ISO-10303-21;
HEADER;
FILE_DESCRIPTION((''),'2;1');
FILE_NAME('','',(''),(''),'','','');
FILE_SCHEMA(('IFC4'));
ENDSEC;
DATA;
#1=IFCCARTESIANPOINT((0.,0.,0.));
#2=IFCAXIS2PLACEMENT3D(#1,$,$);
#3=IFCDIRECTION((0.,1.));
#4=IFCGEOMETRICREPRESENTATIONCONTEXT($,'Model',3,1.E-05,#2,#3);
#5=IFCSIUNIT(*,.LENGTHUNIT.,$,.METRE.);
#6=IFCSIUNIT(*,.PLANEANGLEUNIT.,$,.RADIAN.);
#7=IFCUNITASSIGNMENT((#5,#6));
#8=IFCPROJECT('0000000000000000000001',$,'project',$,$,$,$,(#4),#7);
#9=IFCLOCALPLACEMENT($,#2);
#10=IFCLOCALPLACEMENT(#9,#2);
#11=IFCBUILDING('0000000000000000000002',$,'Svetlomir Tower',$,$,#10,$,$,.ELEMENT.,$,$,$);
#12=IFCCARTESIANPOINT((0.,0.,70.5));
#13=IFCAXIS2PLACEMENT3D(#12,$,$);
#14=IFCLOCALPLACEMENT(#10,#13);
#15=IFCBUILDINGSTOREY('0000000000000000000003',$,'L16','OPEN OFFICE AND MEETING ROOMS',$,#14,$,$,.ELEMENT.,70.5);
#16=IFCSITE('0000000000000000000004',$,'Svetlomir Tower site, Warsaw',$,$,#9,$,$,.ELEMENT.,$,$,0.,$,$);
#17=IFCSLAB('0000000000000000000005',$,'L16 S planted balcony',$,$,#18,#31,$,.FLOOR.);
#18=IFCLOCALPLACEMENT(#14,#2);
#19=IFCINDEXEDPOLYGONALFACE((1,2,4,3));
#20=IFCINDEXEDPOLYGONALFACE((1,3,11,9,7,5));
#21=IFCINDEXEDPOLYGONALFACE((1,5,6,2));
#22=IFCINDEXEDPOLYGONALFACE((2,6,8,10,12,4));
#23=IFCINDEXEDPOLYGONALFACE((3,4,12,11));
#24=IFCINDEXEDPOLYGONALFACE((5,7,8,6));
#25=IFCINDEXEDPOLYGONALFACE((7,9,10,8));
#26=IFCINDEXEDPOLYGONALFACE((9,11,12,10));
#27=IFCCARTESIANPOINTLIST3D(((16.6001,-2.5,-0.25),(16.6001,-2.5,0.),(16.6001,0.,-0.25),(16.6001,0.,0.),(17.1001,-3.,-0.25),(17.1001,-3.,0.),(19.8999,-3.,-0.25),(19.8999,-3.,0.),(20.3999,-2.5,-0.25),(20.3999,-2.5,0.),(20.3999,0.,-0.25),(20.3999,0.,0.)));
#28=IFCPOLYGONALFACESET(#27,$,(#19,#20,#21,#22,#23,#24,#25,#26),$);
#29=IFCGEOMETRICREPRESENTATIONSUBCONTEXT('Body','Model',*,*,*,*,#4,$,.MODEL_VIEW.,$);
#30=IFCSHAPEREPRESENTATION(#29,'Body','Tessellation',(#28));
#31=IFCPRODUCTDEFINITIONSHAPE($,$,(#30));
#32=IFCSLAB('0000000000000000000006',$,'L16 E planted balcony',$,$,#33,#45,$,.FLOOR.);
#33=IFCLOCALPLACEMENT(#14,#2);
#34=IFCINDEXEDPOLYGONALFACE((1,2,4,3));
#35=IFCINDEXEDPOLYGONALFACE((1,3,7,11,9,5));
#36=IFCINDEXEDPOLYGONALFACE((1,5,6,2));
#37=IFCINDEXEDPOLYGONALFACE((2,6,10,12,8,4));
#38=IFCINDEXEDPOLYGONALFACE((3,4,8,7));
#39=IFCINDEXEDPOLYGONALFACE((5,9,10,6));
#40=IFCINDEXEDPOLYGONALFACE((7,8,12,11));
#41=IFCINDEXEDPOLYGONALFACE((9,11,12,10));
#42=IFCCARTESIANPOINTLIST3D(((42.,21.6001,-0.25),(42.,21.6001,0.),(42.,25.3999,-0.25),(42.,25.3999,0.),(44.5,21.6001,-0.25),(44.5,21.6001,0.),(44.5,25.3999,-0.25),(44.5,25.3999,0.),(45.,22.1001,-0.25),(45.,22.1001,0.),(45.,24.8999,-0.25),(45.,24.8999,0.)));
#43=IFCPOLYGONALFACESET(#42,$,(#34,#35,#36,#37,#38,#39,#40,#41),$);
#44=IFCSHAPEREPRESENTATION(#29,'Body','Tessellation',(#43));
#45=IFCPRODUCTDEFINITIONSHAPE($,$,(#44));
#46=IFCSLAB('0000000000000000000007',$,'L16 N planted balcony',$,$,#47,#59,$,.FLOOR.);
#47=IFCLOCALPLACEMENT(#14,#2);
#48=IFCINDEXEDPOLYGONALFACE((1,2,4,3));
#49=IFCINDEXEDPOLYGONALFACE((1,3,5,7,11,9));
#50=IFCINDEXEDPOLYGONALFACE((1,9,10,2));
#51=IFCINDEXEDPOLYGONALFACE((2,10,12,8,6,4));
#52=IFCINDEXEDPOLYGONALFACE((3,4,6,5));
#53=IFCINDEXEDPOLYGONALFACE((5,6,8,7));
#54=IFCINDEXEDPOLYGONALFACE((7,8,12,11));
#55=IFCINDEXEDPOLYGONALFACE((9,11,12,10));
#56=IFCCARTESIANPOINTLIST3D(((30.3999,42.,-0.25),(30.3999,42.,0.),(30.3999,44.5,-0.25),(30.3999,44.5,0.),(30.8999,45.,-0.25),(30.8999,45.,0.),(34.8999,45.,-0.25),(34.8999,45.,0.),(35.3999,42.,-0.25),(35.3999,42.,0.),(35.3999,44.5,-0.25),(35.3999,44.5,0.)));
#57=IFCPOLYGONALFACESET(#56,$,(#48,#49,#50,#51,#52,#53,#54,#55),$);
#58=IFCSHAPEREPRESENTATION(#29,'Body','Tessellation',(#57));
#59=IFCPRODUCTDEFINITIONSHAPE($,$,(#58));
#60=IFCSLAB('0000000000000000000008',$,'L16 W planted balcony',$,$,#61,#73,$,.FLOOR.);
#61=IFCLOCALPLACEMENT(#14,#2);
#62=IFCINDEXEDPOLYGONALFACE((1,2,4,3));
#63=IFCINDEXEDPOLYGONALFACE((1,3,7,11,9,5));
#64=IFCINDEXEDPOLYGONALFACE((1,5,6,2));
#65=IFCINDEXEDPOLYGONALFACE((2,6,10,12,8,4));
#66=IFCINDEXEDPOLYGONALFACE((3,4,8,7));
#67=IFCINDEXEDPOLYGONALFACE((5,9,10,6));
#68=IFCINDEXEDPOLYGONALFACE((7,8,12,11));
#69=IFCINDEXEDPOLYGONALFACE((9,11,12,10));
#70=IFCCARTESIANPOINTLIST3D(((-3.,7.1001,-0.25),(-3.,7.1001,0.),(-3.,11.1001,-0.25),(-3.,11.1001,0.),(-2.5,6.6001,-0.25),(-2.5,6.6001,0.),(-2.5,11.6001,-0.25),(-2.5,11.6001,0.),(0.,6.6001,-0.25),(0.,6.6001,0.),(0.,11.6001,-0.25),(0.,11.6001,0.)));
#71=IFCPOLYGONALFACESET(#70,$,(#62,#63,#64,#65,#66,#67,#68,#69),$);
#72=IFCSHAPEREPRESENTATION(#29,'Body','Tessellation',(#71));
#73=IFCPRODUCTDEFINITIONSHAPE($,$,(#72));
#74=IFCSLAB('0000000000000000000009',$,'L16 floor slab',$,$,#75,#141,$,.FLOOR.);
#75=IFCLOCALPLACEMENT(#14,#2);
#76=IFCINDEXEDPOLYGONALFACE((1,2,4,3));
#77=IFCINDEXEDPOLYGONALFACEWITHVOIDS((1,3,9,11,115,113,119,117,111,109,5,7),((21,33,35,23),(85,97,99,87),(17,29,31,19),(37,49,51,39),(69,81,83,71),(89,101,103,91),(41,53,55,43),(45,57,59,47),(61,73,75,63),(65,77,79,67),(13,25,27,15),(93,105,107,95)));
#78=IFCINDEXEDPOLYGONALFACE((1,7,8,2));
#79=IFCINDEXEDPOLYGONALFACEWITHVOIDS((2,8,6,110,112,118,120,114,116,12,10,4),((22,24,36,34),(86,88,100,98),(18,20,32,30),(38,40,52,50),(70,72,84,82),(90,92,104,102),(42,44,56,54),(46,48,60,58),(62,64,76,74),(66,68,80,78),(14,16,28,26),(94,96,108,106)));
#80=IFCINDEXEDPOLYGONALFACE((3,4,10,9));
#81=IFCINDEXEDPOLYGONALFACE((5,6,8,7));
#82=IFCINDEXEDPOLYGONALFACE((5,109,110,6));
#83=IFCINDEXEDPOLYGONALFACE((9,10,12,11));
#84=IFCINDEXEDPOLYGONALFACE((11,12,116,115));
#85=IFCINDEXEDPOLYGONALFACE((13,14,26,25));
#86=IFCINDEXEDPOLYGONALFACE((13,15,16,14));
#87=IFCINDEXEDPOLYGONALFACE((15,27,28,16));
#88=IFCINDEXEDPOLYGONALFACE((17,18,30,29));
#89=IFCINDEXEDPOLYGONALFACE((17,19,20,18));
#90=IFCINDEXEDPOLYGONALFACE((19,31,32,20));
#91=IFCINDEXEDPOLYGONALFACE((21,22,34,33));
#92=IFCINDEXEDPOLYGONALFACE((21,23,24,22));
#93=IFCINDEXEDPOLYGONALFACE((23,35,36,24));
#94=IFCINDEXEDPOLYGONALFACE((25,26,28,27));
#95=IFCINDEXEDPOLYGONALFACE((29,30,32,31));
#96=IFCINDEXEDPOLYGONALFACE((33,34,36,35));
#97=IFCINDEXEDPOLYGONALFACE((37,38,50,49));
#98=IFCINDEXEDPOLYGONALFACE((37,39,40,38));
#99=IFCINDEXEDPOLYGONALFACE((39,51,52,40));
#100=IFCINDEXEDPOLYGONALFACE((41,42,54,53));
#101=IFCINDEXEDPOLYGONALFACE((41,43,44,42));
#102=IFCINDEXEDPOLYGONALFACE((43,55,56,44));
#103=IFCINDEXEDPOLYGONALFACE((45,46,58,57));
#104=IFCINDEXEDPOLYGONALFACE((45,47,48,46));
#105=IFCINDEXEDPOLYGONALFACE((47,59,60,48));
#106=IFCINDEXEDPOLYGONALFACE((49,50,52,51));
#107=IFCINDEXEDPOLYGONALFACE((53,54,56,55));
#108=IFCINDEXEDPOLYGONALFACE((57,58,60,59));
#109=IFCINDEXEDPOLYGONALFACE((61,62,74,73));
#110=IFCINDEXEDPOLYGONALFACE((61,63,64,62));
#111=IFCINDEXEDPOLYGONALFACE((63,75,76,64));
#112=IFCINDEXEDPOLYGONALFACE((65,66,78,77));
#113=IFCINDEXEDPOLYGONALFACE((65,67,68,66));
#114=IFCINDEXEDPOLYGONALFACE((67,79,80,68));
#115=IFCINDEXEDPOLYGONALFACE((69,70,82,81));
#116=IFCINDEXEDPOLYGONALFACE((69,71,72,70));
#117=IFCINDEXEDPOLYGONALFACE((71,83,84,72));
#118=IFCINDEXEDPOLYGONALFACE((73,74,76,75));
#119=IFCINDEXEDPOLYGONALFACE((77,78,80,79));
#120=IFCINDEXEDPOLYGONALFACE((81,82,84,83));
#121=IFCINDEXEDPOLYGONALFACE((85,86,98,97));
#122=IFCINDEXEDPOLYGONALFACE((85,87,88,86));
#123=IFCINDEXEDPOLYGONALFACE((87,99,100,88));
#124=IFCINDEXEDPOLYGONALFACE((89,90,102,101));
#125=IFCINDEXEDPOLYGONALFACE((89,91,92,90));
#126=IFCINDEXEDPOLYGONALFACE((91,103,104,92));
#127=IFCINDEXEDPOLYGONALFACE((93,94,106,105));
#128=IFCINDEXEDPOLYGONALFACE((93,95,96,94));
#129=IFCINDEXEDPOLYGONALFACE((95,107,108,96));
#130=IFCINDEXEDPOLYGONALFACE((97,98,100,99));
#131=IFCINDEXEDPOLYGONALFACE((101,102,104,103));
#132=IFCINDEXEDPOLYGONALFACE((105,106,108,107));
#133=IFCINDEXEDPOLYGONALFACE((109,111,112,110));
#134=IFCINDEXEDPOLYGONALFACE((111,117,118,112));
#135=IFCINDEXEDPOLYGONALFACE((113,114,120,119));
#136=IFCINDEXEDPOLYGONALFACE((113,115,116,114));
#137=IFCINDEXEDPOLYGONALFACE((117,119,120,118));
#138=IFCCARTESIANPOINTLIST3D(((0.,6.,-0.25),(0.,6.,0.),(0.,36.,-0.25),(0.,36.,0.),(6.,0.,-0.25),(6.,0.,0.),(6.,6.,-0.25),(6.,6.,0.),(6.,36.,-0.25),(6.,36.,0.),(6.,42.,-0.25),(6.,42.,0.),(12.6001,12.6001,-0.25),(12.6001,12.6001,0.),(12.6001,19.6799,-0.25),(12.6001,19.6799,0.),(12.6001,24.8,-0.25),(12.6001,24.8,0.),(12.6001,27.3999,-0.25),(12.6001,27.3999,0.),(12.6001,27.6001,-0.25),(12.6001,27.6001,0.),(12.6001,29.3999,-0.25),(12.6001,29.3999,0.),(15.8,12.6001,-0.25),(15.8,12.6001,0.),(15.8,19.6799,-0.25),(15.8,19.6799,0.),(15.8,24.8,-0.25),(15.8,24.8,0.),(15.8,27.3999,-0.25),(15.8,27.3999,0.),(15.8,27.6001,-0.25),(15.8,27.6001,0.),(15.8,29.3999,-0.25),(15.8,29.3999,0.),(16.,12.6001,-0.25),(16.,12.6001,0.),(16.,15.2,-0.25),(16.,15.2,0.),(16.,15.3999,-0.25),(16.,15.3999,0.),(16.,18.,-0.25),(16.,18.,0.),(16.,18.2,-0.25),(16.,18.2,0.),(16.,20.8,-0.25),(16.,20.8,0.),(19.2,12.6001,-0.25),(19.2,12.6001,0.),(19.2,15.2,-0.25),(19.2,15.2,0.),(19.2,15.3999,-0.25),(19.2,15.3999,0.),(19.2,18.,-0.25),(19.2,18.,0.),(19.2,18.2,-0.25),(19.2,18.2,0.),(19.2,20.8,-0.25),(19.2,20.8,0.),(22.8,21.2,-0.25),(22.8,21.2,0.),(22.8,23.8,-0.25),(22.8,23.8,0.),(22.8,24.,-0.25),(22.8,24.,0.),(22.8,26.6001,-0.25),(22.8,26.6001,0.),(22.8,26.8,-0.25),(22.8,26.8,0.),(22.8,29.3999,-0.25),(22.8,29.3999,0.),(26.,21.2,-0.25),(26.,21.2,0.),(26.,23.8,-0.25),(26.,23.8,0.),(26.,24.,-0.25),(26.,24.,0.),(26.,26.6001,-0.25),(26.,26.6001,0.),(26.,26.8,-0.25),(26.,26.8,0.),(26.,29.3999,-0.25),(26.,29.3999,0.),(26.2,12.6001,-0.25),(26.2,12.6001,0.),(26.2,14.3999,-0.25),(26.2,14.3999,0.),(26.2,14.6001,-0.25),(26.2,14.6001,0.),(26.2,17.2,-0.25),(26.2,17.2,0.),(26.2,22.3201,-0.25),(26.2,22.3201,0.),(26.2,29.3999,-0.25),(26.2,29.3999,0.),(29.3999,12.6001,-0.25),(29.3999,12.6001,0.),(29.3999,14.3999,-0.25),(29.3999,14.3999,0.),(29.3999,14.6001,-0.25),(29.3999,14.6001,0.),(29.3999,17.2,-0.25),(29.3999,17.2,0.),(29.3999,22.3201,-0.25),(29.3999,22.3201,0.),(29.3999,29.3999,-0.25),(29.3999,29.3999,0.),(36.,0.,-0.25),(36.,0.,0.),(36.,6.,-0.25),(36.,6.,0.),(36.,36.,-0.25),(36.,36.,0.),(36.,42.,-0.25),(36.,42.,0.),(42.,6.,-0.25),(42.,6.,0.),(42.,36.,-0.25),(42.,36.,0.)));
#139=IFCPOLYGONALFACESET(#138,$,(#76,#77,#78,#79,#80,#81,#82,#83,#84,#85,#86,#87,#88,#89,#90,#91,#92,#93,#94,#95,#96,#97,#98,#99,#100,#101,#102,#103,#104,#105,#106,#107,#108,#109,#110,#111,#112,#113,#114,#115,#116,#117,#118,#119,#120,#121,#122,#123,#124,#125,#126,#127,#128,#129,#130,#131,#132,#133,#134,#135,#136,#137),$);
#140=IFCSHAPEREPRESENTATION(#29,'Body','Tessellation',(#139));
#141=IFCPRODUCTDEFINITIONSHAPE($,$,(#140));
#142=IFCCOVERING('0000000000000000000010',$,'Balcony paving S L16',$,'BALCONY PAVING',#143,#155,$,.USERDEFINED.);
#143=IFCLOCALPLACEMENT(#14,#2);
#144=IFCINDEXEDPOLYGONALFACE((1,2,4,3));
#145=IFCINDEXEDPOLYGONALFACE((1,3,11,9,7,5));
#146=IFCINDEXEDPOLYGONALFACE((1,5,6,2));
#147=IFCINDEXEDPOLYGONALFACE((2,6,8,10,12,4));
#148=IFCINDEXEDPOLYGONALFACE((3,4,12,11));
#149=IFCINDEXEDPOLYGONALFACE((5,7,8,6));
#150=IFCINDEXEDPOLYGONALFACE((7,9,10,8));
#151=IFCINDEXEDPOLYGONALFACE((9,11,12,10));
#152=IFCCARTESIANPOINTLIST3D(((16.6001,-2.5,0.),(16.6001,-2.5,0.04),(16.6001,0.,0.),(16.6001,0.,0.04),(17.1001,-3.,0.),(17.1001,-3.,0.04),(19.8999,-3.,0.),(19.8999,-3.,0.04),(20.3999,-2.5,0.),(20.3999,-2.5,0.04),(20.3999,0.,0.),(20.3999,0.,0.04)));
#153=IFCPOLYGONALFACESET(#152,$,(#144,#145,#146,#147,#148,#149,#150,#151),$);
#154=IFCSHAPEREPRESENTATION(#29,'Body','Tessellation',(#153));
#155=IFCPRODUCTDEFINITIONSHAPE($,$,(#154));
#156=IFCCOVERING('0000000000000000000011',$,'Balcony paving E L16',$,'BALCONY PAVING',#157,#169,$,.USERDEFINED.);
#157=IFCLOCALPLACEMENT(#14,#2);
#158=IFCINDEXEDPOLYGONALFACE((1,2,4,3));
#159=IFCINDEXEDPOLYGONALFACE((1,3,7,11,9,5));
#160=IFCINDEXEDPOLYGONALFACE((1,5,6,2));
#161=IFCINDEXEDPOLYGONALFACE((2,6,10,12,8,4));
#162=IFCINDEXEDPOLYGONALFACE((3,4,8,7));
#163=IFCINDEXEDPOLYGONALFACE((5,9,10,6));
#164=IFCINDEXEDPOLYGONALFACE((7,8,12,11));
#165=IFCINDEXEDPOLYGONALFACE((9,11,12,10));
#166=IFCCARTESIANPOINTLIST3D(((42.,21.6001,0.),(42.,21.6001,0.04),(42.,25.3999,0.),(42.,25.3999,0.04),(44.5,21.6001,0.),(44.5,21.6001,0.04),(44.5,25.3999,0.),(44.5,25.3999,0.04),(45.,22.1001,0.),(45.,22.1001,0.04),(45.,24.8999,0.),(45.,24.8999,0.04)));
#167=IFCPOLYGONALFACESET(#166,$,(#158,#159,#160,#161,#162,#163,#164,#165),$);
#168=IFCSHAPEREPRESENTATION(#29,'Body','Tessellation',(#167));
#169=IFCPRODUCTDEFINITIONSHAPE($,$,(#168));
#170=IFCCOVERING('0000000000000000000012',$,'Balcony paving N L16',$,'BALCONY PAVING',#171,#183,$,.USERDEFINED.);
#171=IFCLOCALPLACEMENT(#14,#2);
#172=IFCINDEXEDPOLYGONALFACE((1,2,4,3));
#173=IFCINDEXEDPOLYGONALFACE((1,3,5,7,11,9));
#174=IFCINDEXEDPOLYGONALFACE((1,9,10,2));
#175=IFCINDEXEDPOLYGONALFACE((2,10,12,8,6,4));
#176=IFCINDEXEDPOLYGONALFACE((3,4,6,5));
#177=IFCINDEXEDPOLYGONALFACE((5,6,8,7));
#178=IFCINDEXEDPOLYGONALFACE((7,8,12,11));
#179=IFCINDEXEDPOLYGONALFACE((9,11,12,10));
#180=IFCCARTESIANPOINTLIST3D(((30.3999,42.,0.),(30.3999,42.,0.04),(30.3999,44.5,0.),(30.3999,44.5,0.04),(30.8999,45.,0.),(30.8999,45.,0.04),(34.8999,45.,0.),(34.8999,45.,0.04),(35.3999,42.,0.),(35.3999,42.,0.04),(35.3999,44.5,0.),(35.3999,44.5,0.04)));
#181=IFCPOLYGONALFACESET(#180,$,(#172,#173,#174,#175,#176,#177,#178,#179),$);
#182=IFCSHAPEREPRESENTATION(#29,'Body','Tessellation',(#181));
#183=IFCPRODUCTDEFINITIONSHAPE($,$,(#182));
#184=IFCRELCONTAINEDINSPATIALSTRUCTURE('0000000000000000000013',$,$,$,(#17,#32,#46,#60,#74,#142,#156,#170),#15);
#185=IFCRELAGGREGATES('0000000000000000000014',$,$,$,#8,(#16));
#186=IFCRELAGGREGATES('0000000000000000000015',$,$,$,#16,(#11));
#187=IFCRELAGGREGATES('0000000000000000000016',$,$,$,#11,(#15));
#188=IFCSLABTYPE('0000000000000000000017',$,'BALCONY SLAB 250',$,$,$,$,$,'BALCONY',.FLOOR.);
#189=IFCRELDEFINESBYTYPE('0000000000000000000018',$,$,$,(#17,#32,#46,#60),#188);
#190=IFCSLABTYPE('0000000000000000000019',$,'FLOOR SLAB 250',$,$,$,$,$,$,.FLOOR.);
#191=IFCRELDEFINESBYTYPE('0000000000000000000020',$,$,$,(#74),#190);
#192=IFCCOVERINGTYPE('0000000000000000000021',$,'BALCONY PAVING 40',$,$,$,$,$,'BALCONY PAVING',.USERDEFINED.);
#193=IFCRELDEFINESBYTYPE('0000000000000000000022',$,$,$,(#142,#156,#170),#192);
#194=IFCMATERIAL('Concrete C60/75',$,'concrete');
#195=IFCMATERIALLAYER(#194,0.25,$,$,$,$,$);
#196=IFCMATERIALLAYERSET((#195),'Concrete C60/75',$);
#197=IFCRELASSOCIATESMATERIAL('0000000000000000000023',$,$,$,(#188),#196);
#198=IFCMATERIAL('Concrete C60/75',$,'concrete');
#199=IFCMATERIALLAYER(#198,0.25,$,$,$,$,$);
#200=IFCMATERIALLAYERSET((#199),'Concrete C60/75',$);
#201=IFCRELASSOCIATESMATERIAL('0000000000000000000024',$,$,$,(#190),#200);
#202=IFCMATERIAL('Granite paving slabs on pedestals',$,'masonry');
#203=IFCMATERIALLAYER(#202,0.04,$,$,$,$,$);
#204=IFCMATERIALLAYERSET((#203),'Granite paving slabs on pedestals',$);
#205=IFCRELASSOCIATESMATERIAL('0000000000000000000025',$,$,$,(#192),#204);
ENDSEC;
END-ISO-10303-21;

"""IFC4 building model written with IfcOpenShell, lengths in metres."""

from ifc_helpers import new_model, si_unit, direction, frame, origin, place, context, subcontext, project, spatial, polyline, outline, extrude, material, layer, layer_set, type_object, element, save


model = new_model("IFC4")

# Units and contexts
model_context = context("Model", 3, precision=1e-05, world=origin(), true_north=direction((0.0, 1.0)))
body_context = subcontext(model_context, "Body", "Model", "MODEL_VIEW")
ifc_project = project(units=[si_unit("LENGTHUNIT", "METRE"), si_unit("PLANEANGLEUNIT", "RADIAN")], contexts=[model_context])

# Site, building, storey
site_placement = place(None, origin())
site = spatial("IfcSite", under=ifc_project, at=site_placement, Name="Svetlomir Tower site, Warsaw", CompositionType="ELEMENT", RefElevation=0.0)
building_placement = place(site_placement, origin())
building = spatial("IfcBuilding", under=site, at=building_placement, Name="Svetlomir Tower", CompositionType="ELEMENT")
storey_placement = place(building_placement, frame((0.0, 0.0, 70.5)))
storey = spatial("IfcBuildingStorey", under=building, at=storey_placement, Name="L16", Description="OPEN OFFICE AND MEETING ROOMS", CompositionType="ELEMENT", Elevation=70.5)

# Slabs
ifc_material_1 = material(Name="Concrete C60/75", Category="concrete")
ifc_layer_1 = layer(ifc_material_1, 0.25)
ifc_layer_set_1 = layer_set([ifc_layer_1], Name="Concrete C60/75")
slab_type_1 = type_object("IfcSlabType", Name="BALCONY SLAB 250", ElementType="BALCONY", PredefinedType="FLOOR", material=ifc_layer_set_1)
slab_1_placement = place(storey_placement, frame((0.0, 0.0, -0.25)))
element("IfcSlab", 1, at=slab_1_placement, inside=storey, type_object=slab_type_1, Name="L16 S planted balcony", PredefinedType="FLOOR", context=body_context, shape_type="SweptSolid", body=[
    extrude(outline(polyline([(16.6001, -2.5), (17.1001, -3.0), (19.8999, -3.0), (20.3999, -2.5), (20.3999, 0.0), (16.6001, 0.0), (16.6001, -2.5)])), origin(), (0.0, 0.0, 1.0), 0.25),
])
slab_2_placement = place(storey_placement, frame((0.0, 0.0, -0.25)))
element("IfcSlab", 2, at=slab_2_placement, inside=storey, type_object=slab_type_1, Name="L16 E planted balcony", PredefinedType="FLOOR", context=body_context, shape_type="SweptSolid", body=[
    extrude(outline(polyline([(42.0, 21.6001), (44.5, 21.6001), (45.0, 22.1001), (45.0, 24.8999), (44.5, 25.3999), (42.0, 25.3999), (42.0, 21.6001)])), origin(), (0.0, 0.0, 1.0), 0.25),
])
slab_3_placement = place(storey_placement, frame((0.0, 0.0, -0.25)))
element("IfcSlab", 3, at=slab_3_placement, inside=storey, type_object=slab_type_1, Name="L16 N planted balcony", PredefinedType="FLOOR", context=body_context, shape_type="SweptSolid", body=[
    extrude(outline(polyline([(30.3999, 42.0), (35.3999, 42.0), (35.3999, 44.5), (34.8999, 45.0), (30.8999, 45.0), (30.3999, 44.5), (30.3999, 42.0)])), origin(), (0.0, 0.0, 1.0), 0.25),
])
slab_4_placement = place(storey_placement, frame((0.0, 0.0, -0.25)))
element("IfcSlab", 4, at=slab_4_placement, inside=storey, type_object=slab_type_1, Name="L16 W planted balcony", PredefinedType="FLOOR", context=body_context, shape_type="SweptSolid", body=[
    extrude(outline(polyline([(-2.5, 6.6001), (0.0, 6.6001), (0.0, 11.6001), (-2.5, 11.6001), (-3.0, 11.1001), (-3.0, 7.1001), (-2.5, 6.6001)])), origin(), (0.0, 0.0, 1.0), 0.25),
])
ifc_material_2 = material(Name="Concrete C60/75", Category="concrete")
ifc_layer_2 = layer(ifc_material_2, 0.25)
ifc_layer_set_2 = layer_set([ifc_layer_2], Name="Concrete C60/75")
slab_type_2 = type_object("IfcSlabType", Name="FLOOR SLAB 250", PredefinedType="FLOOR", material=ifc_layer_set_2)
slab_5_placement = place(storey_placement, frame((0.0, 0.0, -0.25)))
element("IfcSlab", 5, at=slab_5_placement, inside=storey, type_object=slab_type_2, Name="L16 floor slab", PredefinedType="FLOOR", context=body_context, shape_type="SweptSolid", body=[
    extrude(outline(polyline([(6.0, 0.0), (36.0, 0.0), (36.0, 6.0), (42.0, 6.0), (42.0, 36.0), (36.0, 36.0), (36.0, 42.0), (6.0, 42.0), (6.0, 36.0), (0.0, 36.0), (0.0, 6.0), (6.0, 6.0), (6.0, 0.0)]), holes=[polyline([(12.6001, 24.8), (15.8, 24.8), (15.8, 27.3999), (12.6001, 27.3999), (12.6001, 24.8)]), polyline([(26.2, 14.6001), (29.3999, 14.6001), (29.3999, 17.2), (26.2, 17.2), (26.2, 14.6001)]), polyline([(16.0, 12.6001), (19.2, 12.6001), (19.2, 15.2), (16.0, 15.2), (16.0, 12.6001)]), polyline([(16.0, 15.3999), (19.2, 15.3999), (19.2, 18.0), (16.0, 18.0), (16.0, 15.3999)]), polyline([(16.0, 18.2), (19.2, 18.2), (19.2, 20.8), (16.0, 20.8), (16.0, 18.2)]), polyline([(22.8, 21.2), (26.0, 21.2), (26.0, 23.8), (22.8, 23.8), (22.8, 21.2)]), polyline([(22.8, 24.0), (26.0, 24.0), (26.0, 26.6001), (22.8, 26.6001), (22.8, 24.0)]), polyline([(22.8, 26.8), (26.0, 26.8), (26.0, 29.3999), (22.8, 29.3999), (22.8, 26.8)]), polyline([(12.6001, 27.6001), (15.8, 27.6001), (15.8, 29.3999), (12.6001, 29.3999), (12.6001, 27.6001)]), polyline([(26.2, 12.6001), (29.3999, 12.6001), (29.3999, 14.3999), (26.2, 14.3999), (26.2, 12.6001)]), polyline([(12.6001, 12.6001), (15.8, 12.6001), (15.8, 19.6799), (12.6001, 19.6799), (12.6001, 12.6001)]), polyline([(26.2, 22.3201), (29.3999, 22.3201), (29.3999, 29.3999), (26.2, 29.3999), (26.2, 22.3201)])]), origin(), (0.0, 0.0, 1.0), 0.25),
])

# Coverings
ifc_material_3 = material(Name="Granite paving slabs on pedestals", Category="masonry")
ifc_layer_3 = layer(ifc_material_3, 0.04)
ifc_layer_set_3 = layer_set([ifc_layer_3], Name="Granite paving slabs on pedestals")
covering_type_1 = type_object("IfcCoveringType", Name="BALCONY PAVING 40", ElementType="BALCONY PAVING", PredefinedType="USERDEFINED", material=ifc_layer_set_3)
covering_1_placement = place(storey_placement, origin())
element("IfcCovering", 6, at=covering_1_placement, inside=storey, type_object=covering_type_1, Name="Balcony paving S L16", ObjectType="BALCONY PAVING", PredefinedType="USERDEFINED", context=body_context, shape_type="SweptSolid", body=[
    extrude(outline(polyline([(16.6001, -2.5), (17.1001, -3.0), (19.8999, -3.0), (20.3999, -2.5), (20.3999, 0.0), (16.6001, 0.0), (16.6001, -2.5)])), origin(), (0.0, 0.0, 1.0), 0.04),
])
covering_2_placement = place(storey_placement, origin())
element("IfcCovering", 7, at=covering_2_placement, inside=storey, type_object=covering_type_1, Name="Balcony paving E L16", ObjectType="BALCONY PAVING", PredefinedType="USERDEFINED", context=body_context, shape_type="SweptSolid", body=[
    extrude(outline(polyline([(42.0, 21.6001), (44.5, 21.6001), (45.0, 22.1001), (45.0, 24.8999), (44.5, 25.3999), (42.0, 25.3999), (42.0, 21.6001)])), origin(), (0.0, 0.0, 1.0), 0.04),
])
covering_3_placement = place(storey_placement, origin())
element("IfcCovering", 8, at=covering_3_placement, inside=storey, type_object=covering_type_1, Name="Balcony paving N L16", ObjectType="BALCONY PAVING", PredefinedType="USERDEFINED", context=body_context, shape_type="SweptSolid", body=[
    extrude(outline(polyline([(30.3999, 42.0), (35.3999, 42.0), (35.3999, 44.5), (34.8999, 45.0), (30.8999, 45.0), (30.3999, 44.5), (30.3999, 42.0)])), origin(), (0.0, 0.0, 1.0), 0.04),
])

save(model, "model.ifc")
